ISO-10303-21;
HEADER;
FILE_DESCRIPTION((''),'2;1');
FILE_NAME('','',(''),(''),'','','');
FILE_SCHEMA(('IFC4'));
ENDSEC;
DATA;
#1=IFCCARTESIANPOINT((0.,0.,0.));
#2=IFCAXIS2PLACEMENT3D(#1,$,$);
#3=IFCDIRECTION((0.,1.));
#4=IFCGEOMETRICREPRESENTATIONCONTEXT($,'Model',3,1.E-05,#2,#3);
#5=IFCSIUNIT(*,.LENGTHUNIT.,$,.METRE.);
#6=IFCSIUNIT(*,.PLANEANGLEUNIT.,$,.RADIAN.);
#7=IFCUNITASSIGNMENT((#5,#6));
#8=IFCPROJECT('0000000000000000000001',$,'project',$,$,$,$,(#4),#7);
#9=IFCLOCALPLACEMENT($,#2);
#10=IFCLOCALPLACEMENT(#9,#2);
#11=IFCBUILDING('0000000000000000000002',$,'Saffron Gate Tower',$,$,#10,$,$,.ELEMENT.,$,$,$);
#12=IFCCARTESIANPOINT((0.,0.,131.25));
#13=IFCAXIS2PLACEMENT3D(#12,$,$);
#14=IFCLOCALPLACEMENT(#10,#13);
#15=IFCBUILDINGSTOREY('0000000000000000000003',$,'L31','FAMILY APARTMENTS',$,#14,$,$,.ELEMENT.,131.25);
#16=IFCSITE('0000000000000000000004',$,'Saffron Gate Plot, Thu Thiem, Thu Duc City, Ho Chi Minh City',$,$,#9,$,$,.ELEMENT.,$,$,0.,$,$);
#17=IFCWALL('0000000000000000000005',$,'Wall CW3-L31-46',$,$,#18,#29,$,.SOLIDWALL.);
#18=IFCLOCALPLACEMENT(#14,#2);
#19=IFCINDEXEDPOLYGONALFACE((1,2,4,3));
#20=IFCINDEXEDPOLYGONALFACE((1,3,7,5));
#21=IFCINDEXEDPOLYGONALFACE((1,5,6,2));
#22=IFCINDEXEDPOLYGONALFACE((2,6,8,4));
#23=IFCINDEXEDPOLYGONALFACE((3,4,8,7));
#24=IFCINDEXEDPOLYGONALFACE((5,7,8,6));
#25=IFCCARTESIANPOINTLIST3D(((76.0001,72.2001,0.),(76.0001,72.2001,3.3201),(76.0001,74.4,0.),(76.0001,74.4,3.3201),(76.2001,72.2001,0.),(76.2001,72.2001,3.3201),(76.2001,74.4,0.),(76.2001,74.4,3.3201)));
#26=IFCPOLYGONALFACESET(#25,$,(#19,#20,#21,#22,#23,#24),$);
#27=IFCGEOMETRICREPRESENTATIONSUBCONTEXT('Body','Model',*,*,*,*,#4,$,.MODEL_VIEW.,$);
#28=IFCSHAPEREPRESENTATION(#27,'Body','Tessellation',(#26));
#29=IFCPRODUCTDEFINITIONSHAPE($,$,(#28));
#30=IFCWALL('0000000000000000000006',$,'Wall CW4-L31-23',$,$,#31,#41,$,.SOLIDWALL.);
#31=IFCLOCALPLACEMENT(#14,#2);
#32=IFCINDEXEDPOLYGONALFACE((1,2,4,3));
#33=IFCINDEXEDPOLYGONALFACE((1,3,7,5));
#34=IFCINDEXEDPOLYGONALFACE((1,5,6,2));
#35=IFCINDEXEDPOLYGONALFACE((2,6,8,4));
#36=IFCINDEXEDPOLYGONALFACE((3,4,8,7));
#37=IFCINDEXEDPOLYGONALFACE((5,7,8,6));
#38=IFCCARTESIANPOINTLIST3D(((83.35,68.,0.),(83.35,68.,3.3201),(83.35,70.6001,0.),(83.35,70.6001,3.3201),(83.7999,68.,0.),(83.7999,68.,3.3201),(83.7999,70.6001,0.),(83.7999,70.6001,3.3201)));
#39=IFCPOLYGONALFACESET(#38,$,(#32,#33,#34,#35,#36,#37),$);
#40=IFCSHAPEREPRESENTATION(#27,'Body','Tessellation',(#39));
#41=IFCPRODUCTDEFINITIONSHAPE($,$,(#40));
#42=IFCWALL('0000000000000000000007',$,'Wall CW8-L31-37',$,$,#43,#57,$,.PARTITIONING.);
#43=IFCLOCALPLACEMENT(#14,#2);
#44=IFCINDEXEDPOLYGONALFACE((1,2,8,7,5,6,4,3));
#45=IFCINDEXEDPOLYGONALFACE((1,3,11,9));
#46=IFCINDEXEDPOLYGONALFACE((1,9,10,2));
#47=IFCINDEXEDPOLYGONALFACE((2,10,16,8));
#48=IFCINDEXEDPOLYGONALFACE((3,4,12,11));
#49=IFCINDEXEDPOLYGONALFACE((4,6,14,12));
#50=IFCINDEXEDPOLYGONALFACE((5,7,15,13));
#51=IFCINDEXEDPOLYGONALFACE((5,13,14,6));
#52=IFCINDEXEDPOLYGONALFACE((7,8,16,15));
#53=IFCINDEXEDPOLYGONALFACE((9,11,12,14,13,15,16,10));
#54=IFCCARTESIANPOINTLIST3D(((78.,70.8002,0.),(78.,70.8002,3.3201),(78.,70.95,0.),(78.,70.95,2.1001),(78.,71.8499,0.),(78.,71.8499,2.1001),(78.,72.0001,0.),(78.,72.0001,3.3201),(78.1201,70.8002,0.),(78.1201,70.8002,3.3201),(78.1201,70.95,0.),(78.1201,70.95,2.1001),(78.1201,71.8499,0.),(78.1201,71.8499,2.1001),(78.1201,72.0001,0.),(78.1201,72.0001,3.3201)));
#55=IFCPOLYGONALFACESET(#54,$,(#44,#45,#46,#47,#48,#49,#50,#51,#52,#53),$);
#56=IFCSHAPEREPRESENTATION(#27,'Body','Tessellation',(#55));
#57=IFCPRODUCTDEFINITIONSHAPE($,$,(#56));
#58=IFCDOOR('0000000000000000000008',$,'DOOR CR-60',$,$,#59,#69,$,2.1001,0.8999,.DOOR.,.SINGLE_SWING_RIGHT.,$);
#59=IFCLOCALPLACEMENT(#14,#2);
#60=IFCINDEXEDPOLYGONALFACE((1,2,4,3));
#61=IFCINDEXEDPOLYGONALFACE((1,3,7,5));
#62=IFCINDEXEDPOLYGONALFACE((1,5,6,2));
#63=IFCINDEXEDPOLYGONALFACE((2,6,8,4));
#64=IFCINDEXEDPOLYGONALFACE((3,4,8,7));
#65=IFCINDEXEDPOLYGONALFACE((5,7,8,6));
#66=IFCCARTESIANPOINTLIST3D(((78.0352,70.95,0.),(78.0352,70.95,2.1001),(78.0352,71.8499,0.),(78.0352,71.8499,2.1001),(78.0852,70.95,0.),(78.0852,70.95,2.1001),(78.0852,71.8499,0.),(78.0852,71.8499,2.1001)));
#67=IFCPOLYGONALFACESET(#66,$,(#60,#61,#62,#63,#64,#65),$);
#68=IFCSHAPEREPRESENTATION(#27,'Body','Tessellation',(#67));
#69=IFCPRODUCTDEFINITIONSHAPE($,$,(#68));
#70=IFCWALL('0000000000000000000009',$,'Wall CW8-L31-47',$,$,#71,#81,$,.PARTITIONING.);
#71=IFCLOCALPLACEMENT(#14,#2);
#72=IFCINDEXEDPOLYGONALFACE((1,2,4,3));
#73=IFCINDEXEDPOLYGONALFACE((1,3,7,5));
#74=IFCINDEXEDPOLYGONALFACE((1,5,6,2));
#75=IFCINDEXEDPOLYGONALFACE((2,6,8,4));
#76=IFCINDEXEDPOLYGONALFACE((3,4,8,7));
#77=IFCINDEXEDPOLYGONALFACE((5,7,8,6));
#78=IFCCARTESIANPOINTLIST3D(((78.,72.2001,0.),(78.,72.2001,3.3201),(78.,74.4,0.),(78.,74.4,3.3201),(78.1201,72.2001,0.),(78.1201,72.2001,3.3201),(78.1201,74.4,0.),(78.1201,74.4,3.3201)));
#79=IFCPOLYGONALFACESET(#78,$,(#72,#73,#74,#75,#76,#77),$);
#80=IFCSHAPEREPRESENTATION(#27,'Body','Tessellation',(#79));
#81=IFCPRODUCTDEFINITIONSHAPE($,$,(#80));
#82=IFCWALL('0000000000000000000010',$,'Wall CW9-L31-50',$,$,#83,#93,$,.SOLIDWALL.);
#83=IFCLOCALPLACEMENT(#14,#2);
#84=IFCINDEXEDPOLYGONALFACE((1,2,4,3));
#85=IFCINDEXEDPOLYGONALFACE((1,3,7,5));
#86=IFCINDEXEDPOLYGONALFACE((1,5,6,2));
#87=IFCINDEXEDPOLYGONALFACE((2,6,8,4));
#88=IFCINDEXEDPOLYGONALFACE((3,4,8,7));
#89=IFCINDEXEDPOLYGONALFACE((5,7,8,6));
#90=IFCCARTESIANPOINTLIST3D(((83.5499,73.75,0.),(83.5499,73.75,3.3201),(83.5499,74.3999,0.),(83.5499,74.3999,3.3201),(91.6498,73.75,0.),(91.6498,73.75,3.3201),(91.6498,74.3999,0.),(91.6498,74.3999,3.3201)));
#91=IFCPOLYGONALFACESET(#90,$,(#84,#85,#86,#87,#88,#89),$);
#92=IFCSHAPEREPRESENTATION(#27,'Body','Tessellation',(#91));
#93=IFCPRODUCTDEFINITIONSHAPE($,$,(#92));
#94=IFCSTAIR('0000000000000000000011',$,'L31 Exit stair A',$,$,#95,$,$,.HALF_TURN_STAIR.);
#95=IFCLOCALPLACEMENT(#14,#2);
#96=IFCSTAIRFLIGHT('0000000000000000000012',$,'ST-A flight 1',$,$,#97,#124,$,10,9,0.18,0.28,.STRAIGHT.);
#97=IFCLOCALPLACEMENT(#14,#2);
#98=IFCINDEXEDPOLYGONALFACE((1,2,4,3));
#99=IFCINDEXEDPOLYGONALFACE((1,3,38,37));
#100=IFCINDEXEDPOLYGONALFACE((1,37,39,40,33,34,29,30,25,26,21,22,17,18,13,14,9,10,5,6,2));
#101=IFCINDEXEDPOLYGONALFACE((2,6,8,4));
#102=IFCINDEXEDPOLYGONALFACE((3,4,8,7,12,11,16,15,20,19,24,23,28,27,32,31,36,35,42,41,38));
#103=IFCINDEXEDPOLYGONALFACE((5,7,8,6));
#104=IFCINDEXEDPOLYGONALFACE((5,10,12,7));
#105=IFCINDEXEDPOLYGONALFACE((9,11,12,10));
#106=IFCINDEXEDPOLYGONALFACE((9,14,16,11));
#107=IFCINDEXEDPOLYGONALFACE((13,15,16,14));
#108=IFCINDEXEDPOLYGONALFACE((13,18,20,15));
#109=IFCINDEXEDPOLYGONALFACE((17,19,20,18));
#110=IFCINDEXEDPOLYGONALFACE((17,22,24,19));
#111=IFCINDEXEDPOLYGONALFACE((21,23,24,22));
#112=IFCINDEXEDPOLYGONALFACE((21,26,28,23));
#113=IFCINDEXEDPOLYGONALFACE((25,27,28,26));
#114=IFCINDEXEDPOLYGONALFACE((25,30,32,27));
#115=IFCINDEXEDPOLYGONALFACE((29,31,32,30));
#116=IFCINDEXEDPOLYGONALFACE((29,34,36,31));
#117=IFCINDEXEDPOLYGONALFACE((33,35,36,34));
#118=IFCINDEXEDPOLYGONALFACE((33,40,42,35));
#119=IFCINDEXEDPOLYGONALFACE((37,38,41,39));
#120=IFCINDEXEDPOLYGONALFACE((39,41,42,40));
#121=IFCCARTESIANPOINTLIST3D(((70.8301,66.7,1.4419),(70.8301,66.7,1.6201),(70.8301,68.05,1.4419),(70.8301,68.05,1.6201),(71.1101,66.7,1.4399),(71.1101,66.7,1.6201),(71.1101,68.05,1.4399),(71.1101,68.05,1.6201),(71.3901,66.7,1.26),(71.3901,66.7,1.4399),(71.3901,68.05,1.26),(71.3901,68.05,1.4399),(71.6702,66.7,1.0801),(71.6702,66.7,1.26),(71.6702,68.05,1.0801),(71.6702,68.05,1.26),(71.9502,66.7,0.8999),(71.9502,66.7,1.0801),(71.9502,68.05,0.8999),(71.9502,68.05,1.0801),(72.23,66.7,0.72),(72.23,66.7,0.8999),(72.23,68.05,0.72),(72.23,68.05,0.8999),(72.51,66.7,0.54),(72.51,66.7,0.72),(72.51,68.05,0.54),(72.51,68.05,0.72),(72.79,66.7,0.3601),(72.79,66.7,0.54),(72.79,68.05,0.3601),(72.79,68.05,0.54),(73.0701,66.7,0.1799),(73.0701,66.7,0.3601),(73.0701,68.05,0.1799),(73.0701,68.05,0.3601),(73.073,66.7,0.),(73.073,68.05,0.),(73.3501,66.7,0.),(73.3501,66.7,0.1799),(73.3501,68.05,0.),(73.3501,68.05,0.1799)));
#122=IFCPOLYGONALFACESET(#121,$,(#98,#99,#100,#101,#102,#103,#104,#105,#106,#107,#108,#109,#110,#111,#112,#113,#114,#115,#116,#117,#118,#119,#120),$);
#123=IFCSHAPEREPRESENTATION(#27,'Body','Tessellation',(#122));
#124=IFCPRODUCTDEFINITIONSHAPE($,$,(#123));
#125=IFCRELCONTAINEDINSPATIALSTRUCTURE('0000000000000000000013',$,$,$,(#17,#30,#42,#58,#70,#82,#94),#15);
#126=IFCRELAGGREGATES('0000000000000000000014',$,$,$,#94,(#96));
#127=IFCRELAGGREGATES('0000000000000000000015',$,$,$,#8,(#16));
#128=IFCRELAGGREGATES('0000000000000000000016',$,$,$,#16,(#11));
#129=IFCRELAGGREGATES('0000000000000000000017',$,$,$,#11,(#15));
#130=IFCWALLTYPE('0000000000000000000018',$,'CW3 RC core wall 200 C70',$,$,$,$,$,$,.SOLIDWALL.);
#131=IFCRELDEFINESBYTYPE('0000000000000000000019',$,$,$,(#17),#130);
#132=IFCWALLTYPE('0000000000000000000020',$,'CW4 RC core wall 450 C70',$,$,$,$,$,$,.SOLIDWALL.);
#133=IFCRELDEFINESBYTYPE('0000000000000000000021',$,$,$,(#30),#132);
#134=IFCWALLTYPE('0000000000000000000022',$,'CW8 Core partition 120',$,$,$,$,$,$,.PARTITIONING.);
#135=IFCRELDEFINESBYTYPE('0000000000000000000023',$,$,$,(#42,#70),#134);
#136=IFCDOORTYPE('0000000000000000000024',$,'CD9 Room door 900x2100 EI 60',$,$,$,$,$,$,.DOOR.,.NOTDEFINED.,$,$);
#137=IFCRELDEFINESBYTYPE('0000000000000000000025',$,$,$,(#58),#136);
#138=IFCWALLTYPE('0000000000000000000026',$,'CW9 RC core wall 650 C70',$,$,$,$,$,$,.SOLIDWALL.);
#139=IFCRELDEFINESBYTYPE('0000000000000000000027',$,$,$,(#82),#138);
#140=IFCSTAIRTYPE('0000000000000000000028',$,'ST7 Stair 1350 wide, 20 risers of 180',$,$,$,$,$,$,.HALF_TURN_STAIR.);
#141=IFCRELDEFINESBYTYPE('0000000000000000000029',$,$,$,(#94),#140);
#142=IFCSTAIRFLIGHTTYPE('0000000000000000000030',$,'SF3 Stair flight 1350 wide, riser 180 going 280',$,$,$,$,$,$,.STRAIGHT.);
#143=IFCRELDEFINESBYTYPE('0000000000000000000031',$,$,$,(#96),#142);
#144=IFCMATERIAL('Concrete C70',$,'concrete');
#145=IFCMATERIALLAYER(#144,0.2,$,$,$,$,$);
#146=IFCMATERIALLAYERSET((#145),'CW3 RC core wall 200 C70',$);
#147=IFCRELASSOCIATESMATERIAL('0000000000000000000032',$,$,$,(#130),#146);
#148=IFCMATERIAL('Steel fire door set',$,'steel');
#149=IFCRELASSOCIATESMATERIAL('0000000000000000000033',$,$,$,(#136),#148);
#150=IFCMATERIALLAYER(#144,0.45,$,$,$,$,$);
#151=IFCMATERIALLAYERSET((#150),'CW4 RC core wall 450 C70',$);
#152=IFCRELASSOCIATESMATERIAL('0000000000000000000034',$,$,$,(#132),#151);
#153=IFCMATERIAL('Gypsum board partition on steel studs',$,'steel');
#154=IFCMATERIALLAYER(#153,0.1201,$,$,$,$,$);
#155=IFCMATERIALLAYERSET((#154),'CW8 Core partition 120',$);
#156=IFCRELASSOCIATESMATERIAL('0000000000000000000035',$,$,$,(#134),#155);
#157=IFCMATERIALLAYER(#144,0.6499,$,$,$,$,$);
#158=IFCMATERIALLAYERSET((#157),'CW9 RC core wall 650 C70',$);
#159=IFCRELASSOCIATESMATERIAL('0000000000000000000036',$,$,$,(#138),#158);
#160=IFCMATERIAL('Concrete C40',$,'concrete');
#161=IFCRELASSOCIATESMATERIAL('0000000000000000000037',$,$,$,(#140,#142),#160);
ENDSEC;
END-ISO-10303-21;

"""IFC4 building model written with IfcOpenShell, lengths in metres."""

from ifc_helpers import new_model, si_unit, direction, frame, frame_2d, origin, place, context, subcontext, project, spatial, polyline, rectangle, outline, extrude, material, layer, layer_set, type_object, element, fill, aggregate, save


model = new_model("IFC4")

# Units and contexts
model_context = context("Model", 3, precision=1e-05, world=origin(), true_north=direction((0.0, 1.0)))
body_context = subcontext(model_context, "Body", "Model", "MODEL_VIEW")
ifc_project = project(units=[si_unit("LENGTHUNIT", "METRE"), si_unit("PLANEANGLEUNIT", "RADIAN")], contexts=[model_context])

# Site, building, storey
site_placement = place(None, origin())
site = spatial("IfcSite", under=ifc_project, at=site_placement, Name="Saffron Gate Plot, Thu Thiem, Thu Duc City, Ho Chi Minh City", CompositionType="ELEMENT", RefElevation=0.0)
building_placement = place(site_placement, origin())
building = spatial("IfcBuilding", under=site, at=building_placement, Name="Saffron Gate Tower", CompositionType="ELEMENT")
storey_placement = place(building_placement, frame((0.0, 0.0, 131.25)))
storey = spatial("IfcBuildingStorey", under=building, at=storey_placement, Name="L31", Description="FAMILY APARTMENTS", CompositionType="ELEMENT", Elevation=131.25)

# Shared definitions
ifc_material_1 = material(Name="Concrete C70", Category="concrete")

# Shared definitions
ifc_layer_1 = layer(ifc_material_1, 0.2)
ifc_layer_set_1 = layer_set([ifc_layer_1], Name="CW3 RC core wall 200 C70")
wall_type_1 = type_object("IfcWallType", Name="CW3 RC core wall 200 C70", PredefinedType="SOLIDWALL", material=ifc_layer_set_1)
ifc_material_2 = material(Name="Steel fire door set", Category="steel")
door_type_1 = type_object("IfcDoorType", Name="CD9 Room door 900x2100 EI 60", OperationType="NOTDEFINED", PredefinedType="DOOR", material=ifc_material_2)

# Walls
wall_1_placement = place(storey_placement, frame((76.1001, 72.2, 0.0), z_axis=(0.0, 0.0, 1.0), x_axis=(0.0, 1.0, 0.0)))
element("IfcWall", 1, at=wall_1_placement, inside=storey, type_object=wall_type_1, Name="Wall CW3-L31-46", PredefinedType="SOLIDWALL", context=body_context, shape_type="SweptSolid", body=[
    extrude(rectangle(XDim=2.2, YDim=0.2, at=frame_2d((1.1001, 0.0))), origin(), (0.0, 0.0, 1.0), 3.3201),
])
ifc_layer_2 = layer(ifc_material_1, 0.45)
ifc_layer_set_2 = layer_set([ifc_layer_2], Name="CW4 RC core wall 450 C70")
wall_type_2 = type_object("IfcWallType", Name="CW4 RC core wall 450 C70", PredefinedType="SOLIDWALL", material=ifc_layer_set_2)
wall_2_placement = place(storey_placement, frame((83.575, 68.0, 0.0), z_axis=(0.0, 0.0, 1.0), x_axis=(0.0, 1.0, 0.0)))
element("IfcWall", 2, at=wall_2_placement, inside=storey, type_object=wall_type_2, Name="Wall CW4-L31-23", PredefinedType="SOLIDWALL", context=body_context, shape_type="SweptSolid", body=[
    extrude(rectangle(XDim=2.6001, YDim=0.45, at=frame_2d((1.3, 0.0))), origin(), (0.0, 0.0, 1.0), 3.3201),
])

# Wall, opening, door
ifc_material_3 = material(Name="Gypsum board partition on steel studs", Category="steel")
ifc_layer_3 = layer(ifc_material_3, 0.1201)
ifc_layer_set_3 = layer_set([ifc_layer_3], Name="CW8 Core partition 120")
wall_type_3 = type_object("IfcWallType", Name="CW8 Core partition 120", PredefinedType="PARTITIONING", material=ifc_layer_set_3)
wall_3_placement = place(storey_placement, frame((78.0601, 70.8, 0.0), z_axis=(0.0, 0.0, 1.0), x_axis=(0.0, 1.0, 0.0)))
wall_3 = element("IfcWall", 3, at=wall_3_placement, inside=storey, type_object=wall_type_3, Name="Wall CW8-L31-37", PredefinedType="PARTITIONING", context=body_context, shape_type="SweptSolid", body=[
    extrude(rectangle(XDim=1.2, YDim=0.1201, at=frame_2d((0.6001, 0.0))), origin(), (0.0, 0.0, 1.0), 3.3201),
])
opening_1_placement = place(wall_3_placement, frame((0.1499, 0.0, 0.0)))
opening_1 = element("IfcOpeningElement", 4, at=opening_1_placement, cuts=wall_3, PredefinedType="OPENING", context=body_context, shape_type="SweptSolid", body=[
    extrude(rectangle(XDim=0.8999, YDim=2.1001, at=frame_2d((0.45, 1.05))), frame((0.0, 0.0701, 0.0), z_axis=(0.0, -1.0, 0.0), x_axis=(1.0, 0.0, 0.0)), (0.0, 0.0, 1.0), 0.1401),
])
door_1_placement = place(opening_1_placement, origin())
door_1 = element("IfcDoor", 5, at=door_1_placement, inside=storey, type_object=door_type_1, Name="DOOR CR-60", OperationType="SINGLE_SWING_RIGHT", OverallHeight=2.1001, OverallWidth=0.8999, PredefinedType="DOOR", context=body_context, shape_type="SweptSolid", body=[
    extrude(rectangle(XDim=0.8999, YDim=2.1001, at=frame_2d((0.45, 1.05))), frame((0.0, 0.0249, 0.0), z_axis=(0.0, -1.0, 0.0), x_axis=(1.0, 0.0, 0.0)), (0.0, 0.0, 1.0), 0.05),
])
fill(opening_1, door_1)

# Walls
wall_4_placement = place(storey_placement, frame((78.0601, 72.2, 0.0), z_axis=(0.0, 0.0, 1.0), x_axis=(0.0, 1.0, 0.0)))
element("IfcWall", 6, at=wall_4_placement, inside=storey, type_object=wall_type_3, Name="Wall CW8-L31-47", PredefinedType="PARTITIONING", context=body_context, shape_type="SweptSolid", body=[
    extrude(rectangle(XDim=2.2, YDim=0.1201, at=frame_2d((1.1001, 0.0))), origin(), (0.0, 0.0, 1.0), 3.3201),
])
ifc_layer_4 = layer(ifc_material_1, 0.6499)
ifc_layer_set_4 = layer_set([ifc_layer_4], Name="CW9 RC core wall 650 C70")
wall_type_4 = type_object("IfcWallType", Name="CW9 RC core wall 650 C70", PredefinedType="SOLIDWALL", material=ifc_layer_set_4)
wall_5_placement = place(storey_placement, frame((83.55, 74.075, 0.0), z_axis=(0.0, 0.0, 1.0), x_axis=(1.0, 0.0, 0.0)))
element("IfcWall", 7, at=wall_5_placement, inside=storey, type_object=wall_type_4, Name="Wall CW9-L31-50", PredefinedType="SOLIDWALL", context=body_context, shape_type="SweptSolid", body=[
    extrude(rectangle(XDim=8.0999, YDim=0.6499, at=frame_2d((4.0498, 0.0))), origin(), (0.0, 0.0, 1.0), 3.3201),
])

# Stair, stair flight
ifc_material_4 = material(Name="Concrete C40", Category="concrete")
stair_type = type_object("IfcStairType", Name="ST7 Stair 1350 wide, 20 risers of 180", PredefinedType="HALF_TURN_STAIR", material=ifc_material_4)
stair_placement = place(storey_placement, origin())
stair = element("IfcStair", 8, at=stair_placement, inside=storey, type_object=stair_type, Name="L31 Exit stair A", PredefinedType="HALF_TURN_STAIR")
stair_flight_type = type_object("IfcStairFlightType", Name="SF3 Stair flight 1350 wide, riser 180 going 280", PredefinedType="STRAIGHT", material=ifc_material_4)
stair_flight_placement = place(storey_placement, frame((73.3501, 67.375, 0.0), z_axis=(0.0, 0.0, 1.0), x_axis=(-1.0, 0.0, 0.0)))
stair_flight = element("IfcStairFlight", 9, at=stair_flight_placement, type_object=stair_flight_type, Name="ST-A flight 1", NumberOfRisers=10, NumberOfTreads=9, PredefinedType="STRAIGHT", RiserHeight=0.18, TreadLength=0.28, context=body_context, shape_type="SweptSolid", body=[
    extrude(outline(polyline([(0.0, 0.0), (0.0, 0.1799), (0.28, 0.1799), (0.28, 0.3601), (0.5601, 0.3601), (0.5601, 0.54), (0.8401, 0.54), (0.8401, 0.72), (1.1201, 0.72), (1.1201, 0.8999), (1.3999, 0.8999), (1.3999, 1.0801), (1.6799, 1.0801), (1.6799, 1.26), (1.96, 1.26), (1.96, 1.4399), (2.24, 1.4399), (2.24, 1.6201), (2.52, 1.6201), (2.52, 1.8), (2.52, 1.4419), (0.2771, 0.0), (0.0, 0.0)])), frame((0.0, 0.675, 0.0), z_axis=(0.0, -1.0, 0.0), x_axis=(1.0, 0.0, 0.0)), (0.0, 0.0, 1.0), 1.3501),
])
aggregate(stair, [stair_flight])

save(model, "model.ifc")
